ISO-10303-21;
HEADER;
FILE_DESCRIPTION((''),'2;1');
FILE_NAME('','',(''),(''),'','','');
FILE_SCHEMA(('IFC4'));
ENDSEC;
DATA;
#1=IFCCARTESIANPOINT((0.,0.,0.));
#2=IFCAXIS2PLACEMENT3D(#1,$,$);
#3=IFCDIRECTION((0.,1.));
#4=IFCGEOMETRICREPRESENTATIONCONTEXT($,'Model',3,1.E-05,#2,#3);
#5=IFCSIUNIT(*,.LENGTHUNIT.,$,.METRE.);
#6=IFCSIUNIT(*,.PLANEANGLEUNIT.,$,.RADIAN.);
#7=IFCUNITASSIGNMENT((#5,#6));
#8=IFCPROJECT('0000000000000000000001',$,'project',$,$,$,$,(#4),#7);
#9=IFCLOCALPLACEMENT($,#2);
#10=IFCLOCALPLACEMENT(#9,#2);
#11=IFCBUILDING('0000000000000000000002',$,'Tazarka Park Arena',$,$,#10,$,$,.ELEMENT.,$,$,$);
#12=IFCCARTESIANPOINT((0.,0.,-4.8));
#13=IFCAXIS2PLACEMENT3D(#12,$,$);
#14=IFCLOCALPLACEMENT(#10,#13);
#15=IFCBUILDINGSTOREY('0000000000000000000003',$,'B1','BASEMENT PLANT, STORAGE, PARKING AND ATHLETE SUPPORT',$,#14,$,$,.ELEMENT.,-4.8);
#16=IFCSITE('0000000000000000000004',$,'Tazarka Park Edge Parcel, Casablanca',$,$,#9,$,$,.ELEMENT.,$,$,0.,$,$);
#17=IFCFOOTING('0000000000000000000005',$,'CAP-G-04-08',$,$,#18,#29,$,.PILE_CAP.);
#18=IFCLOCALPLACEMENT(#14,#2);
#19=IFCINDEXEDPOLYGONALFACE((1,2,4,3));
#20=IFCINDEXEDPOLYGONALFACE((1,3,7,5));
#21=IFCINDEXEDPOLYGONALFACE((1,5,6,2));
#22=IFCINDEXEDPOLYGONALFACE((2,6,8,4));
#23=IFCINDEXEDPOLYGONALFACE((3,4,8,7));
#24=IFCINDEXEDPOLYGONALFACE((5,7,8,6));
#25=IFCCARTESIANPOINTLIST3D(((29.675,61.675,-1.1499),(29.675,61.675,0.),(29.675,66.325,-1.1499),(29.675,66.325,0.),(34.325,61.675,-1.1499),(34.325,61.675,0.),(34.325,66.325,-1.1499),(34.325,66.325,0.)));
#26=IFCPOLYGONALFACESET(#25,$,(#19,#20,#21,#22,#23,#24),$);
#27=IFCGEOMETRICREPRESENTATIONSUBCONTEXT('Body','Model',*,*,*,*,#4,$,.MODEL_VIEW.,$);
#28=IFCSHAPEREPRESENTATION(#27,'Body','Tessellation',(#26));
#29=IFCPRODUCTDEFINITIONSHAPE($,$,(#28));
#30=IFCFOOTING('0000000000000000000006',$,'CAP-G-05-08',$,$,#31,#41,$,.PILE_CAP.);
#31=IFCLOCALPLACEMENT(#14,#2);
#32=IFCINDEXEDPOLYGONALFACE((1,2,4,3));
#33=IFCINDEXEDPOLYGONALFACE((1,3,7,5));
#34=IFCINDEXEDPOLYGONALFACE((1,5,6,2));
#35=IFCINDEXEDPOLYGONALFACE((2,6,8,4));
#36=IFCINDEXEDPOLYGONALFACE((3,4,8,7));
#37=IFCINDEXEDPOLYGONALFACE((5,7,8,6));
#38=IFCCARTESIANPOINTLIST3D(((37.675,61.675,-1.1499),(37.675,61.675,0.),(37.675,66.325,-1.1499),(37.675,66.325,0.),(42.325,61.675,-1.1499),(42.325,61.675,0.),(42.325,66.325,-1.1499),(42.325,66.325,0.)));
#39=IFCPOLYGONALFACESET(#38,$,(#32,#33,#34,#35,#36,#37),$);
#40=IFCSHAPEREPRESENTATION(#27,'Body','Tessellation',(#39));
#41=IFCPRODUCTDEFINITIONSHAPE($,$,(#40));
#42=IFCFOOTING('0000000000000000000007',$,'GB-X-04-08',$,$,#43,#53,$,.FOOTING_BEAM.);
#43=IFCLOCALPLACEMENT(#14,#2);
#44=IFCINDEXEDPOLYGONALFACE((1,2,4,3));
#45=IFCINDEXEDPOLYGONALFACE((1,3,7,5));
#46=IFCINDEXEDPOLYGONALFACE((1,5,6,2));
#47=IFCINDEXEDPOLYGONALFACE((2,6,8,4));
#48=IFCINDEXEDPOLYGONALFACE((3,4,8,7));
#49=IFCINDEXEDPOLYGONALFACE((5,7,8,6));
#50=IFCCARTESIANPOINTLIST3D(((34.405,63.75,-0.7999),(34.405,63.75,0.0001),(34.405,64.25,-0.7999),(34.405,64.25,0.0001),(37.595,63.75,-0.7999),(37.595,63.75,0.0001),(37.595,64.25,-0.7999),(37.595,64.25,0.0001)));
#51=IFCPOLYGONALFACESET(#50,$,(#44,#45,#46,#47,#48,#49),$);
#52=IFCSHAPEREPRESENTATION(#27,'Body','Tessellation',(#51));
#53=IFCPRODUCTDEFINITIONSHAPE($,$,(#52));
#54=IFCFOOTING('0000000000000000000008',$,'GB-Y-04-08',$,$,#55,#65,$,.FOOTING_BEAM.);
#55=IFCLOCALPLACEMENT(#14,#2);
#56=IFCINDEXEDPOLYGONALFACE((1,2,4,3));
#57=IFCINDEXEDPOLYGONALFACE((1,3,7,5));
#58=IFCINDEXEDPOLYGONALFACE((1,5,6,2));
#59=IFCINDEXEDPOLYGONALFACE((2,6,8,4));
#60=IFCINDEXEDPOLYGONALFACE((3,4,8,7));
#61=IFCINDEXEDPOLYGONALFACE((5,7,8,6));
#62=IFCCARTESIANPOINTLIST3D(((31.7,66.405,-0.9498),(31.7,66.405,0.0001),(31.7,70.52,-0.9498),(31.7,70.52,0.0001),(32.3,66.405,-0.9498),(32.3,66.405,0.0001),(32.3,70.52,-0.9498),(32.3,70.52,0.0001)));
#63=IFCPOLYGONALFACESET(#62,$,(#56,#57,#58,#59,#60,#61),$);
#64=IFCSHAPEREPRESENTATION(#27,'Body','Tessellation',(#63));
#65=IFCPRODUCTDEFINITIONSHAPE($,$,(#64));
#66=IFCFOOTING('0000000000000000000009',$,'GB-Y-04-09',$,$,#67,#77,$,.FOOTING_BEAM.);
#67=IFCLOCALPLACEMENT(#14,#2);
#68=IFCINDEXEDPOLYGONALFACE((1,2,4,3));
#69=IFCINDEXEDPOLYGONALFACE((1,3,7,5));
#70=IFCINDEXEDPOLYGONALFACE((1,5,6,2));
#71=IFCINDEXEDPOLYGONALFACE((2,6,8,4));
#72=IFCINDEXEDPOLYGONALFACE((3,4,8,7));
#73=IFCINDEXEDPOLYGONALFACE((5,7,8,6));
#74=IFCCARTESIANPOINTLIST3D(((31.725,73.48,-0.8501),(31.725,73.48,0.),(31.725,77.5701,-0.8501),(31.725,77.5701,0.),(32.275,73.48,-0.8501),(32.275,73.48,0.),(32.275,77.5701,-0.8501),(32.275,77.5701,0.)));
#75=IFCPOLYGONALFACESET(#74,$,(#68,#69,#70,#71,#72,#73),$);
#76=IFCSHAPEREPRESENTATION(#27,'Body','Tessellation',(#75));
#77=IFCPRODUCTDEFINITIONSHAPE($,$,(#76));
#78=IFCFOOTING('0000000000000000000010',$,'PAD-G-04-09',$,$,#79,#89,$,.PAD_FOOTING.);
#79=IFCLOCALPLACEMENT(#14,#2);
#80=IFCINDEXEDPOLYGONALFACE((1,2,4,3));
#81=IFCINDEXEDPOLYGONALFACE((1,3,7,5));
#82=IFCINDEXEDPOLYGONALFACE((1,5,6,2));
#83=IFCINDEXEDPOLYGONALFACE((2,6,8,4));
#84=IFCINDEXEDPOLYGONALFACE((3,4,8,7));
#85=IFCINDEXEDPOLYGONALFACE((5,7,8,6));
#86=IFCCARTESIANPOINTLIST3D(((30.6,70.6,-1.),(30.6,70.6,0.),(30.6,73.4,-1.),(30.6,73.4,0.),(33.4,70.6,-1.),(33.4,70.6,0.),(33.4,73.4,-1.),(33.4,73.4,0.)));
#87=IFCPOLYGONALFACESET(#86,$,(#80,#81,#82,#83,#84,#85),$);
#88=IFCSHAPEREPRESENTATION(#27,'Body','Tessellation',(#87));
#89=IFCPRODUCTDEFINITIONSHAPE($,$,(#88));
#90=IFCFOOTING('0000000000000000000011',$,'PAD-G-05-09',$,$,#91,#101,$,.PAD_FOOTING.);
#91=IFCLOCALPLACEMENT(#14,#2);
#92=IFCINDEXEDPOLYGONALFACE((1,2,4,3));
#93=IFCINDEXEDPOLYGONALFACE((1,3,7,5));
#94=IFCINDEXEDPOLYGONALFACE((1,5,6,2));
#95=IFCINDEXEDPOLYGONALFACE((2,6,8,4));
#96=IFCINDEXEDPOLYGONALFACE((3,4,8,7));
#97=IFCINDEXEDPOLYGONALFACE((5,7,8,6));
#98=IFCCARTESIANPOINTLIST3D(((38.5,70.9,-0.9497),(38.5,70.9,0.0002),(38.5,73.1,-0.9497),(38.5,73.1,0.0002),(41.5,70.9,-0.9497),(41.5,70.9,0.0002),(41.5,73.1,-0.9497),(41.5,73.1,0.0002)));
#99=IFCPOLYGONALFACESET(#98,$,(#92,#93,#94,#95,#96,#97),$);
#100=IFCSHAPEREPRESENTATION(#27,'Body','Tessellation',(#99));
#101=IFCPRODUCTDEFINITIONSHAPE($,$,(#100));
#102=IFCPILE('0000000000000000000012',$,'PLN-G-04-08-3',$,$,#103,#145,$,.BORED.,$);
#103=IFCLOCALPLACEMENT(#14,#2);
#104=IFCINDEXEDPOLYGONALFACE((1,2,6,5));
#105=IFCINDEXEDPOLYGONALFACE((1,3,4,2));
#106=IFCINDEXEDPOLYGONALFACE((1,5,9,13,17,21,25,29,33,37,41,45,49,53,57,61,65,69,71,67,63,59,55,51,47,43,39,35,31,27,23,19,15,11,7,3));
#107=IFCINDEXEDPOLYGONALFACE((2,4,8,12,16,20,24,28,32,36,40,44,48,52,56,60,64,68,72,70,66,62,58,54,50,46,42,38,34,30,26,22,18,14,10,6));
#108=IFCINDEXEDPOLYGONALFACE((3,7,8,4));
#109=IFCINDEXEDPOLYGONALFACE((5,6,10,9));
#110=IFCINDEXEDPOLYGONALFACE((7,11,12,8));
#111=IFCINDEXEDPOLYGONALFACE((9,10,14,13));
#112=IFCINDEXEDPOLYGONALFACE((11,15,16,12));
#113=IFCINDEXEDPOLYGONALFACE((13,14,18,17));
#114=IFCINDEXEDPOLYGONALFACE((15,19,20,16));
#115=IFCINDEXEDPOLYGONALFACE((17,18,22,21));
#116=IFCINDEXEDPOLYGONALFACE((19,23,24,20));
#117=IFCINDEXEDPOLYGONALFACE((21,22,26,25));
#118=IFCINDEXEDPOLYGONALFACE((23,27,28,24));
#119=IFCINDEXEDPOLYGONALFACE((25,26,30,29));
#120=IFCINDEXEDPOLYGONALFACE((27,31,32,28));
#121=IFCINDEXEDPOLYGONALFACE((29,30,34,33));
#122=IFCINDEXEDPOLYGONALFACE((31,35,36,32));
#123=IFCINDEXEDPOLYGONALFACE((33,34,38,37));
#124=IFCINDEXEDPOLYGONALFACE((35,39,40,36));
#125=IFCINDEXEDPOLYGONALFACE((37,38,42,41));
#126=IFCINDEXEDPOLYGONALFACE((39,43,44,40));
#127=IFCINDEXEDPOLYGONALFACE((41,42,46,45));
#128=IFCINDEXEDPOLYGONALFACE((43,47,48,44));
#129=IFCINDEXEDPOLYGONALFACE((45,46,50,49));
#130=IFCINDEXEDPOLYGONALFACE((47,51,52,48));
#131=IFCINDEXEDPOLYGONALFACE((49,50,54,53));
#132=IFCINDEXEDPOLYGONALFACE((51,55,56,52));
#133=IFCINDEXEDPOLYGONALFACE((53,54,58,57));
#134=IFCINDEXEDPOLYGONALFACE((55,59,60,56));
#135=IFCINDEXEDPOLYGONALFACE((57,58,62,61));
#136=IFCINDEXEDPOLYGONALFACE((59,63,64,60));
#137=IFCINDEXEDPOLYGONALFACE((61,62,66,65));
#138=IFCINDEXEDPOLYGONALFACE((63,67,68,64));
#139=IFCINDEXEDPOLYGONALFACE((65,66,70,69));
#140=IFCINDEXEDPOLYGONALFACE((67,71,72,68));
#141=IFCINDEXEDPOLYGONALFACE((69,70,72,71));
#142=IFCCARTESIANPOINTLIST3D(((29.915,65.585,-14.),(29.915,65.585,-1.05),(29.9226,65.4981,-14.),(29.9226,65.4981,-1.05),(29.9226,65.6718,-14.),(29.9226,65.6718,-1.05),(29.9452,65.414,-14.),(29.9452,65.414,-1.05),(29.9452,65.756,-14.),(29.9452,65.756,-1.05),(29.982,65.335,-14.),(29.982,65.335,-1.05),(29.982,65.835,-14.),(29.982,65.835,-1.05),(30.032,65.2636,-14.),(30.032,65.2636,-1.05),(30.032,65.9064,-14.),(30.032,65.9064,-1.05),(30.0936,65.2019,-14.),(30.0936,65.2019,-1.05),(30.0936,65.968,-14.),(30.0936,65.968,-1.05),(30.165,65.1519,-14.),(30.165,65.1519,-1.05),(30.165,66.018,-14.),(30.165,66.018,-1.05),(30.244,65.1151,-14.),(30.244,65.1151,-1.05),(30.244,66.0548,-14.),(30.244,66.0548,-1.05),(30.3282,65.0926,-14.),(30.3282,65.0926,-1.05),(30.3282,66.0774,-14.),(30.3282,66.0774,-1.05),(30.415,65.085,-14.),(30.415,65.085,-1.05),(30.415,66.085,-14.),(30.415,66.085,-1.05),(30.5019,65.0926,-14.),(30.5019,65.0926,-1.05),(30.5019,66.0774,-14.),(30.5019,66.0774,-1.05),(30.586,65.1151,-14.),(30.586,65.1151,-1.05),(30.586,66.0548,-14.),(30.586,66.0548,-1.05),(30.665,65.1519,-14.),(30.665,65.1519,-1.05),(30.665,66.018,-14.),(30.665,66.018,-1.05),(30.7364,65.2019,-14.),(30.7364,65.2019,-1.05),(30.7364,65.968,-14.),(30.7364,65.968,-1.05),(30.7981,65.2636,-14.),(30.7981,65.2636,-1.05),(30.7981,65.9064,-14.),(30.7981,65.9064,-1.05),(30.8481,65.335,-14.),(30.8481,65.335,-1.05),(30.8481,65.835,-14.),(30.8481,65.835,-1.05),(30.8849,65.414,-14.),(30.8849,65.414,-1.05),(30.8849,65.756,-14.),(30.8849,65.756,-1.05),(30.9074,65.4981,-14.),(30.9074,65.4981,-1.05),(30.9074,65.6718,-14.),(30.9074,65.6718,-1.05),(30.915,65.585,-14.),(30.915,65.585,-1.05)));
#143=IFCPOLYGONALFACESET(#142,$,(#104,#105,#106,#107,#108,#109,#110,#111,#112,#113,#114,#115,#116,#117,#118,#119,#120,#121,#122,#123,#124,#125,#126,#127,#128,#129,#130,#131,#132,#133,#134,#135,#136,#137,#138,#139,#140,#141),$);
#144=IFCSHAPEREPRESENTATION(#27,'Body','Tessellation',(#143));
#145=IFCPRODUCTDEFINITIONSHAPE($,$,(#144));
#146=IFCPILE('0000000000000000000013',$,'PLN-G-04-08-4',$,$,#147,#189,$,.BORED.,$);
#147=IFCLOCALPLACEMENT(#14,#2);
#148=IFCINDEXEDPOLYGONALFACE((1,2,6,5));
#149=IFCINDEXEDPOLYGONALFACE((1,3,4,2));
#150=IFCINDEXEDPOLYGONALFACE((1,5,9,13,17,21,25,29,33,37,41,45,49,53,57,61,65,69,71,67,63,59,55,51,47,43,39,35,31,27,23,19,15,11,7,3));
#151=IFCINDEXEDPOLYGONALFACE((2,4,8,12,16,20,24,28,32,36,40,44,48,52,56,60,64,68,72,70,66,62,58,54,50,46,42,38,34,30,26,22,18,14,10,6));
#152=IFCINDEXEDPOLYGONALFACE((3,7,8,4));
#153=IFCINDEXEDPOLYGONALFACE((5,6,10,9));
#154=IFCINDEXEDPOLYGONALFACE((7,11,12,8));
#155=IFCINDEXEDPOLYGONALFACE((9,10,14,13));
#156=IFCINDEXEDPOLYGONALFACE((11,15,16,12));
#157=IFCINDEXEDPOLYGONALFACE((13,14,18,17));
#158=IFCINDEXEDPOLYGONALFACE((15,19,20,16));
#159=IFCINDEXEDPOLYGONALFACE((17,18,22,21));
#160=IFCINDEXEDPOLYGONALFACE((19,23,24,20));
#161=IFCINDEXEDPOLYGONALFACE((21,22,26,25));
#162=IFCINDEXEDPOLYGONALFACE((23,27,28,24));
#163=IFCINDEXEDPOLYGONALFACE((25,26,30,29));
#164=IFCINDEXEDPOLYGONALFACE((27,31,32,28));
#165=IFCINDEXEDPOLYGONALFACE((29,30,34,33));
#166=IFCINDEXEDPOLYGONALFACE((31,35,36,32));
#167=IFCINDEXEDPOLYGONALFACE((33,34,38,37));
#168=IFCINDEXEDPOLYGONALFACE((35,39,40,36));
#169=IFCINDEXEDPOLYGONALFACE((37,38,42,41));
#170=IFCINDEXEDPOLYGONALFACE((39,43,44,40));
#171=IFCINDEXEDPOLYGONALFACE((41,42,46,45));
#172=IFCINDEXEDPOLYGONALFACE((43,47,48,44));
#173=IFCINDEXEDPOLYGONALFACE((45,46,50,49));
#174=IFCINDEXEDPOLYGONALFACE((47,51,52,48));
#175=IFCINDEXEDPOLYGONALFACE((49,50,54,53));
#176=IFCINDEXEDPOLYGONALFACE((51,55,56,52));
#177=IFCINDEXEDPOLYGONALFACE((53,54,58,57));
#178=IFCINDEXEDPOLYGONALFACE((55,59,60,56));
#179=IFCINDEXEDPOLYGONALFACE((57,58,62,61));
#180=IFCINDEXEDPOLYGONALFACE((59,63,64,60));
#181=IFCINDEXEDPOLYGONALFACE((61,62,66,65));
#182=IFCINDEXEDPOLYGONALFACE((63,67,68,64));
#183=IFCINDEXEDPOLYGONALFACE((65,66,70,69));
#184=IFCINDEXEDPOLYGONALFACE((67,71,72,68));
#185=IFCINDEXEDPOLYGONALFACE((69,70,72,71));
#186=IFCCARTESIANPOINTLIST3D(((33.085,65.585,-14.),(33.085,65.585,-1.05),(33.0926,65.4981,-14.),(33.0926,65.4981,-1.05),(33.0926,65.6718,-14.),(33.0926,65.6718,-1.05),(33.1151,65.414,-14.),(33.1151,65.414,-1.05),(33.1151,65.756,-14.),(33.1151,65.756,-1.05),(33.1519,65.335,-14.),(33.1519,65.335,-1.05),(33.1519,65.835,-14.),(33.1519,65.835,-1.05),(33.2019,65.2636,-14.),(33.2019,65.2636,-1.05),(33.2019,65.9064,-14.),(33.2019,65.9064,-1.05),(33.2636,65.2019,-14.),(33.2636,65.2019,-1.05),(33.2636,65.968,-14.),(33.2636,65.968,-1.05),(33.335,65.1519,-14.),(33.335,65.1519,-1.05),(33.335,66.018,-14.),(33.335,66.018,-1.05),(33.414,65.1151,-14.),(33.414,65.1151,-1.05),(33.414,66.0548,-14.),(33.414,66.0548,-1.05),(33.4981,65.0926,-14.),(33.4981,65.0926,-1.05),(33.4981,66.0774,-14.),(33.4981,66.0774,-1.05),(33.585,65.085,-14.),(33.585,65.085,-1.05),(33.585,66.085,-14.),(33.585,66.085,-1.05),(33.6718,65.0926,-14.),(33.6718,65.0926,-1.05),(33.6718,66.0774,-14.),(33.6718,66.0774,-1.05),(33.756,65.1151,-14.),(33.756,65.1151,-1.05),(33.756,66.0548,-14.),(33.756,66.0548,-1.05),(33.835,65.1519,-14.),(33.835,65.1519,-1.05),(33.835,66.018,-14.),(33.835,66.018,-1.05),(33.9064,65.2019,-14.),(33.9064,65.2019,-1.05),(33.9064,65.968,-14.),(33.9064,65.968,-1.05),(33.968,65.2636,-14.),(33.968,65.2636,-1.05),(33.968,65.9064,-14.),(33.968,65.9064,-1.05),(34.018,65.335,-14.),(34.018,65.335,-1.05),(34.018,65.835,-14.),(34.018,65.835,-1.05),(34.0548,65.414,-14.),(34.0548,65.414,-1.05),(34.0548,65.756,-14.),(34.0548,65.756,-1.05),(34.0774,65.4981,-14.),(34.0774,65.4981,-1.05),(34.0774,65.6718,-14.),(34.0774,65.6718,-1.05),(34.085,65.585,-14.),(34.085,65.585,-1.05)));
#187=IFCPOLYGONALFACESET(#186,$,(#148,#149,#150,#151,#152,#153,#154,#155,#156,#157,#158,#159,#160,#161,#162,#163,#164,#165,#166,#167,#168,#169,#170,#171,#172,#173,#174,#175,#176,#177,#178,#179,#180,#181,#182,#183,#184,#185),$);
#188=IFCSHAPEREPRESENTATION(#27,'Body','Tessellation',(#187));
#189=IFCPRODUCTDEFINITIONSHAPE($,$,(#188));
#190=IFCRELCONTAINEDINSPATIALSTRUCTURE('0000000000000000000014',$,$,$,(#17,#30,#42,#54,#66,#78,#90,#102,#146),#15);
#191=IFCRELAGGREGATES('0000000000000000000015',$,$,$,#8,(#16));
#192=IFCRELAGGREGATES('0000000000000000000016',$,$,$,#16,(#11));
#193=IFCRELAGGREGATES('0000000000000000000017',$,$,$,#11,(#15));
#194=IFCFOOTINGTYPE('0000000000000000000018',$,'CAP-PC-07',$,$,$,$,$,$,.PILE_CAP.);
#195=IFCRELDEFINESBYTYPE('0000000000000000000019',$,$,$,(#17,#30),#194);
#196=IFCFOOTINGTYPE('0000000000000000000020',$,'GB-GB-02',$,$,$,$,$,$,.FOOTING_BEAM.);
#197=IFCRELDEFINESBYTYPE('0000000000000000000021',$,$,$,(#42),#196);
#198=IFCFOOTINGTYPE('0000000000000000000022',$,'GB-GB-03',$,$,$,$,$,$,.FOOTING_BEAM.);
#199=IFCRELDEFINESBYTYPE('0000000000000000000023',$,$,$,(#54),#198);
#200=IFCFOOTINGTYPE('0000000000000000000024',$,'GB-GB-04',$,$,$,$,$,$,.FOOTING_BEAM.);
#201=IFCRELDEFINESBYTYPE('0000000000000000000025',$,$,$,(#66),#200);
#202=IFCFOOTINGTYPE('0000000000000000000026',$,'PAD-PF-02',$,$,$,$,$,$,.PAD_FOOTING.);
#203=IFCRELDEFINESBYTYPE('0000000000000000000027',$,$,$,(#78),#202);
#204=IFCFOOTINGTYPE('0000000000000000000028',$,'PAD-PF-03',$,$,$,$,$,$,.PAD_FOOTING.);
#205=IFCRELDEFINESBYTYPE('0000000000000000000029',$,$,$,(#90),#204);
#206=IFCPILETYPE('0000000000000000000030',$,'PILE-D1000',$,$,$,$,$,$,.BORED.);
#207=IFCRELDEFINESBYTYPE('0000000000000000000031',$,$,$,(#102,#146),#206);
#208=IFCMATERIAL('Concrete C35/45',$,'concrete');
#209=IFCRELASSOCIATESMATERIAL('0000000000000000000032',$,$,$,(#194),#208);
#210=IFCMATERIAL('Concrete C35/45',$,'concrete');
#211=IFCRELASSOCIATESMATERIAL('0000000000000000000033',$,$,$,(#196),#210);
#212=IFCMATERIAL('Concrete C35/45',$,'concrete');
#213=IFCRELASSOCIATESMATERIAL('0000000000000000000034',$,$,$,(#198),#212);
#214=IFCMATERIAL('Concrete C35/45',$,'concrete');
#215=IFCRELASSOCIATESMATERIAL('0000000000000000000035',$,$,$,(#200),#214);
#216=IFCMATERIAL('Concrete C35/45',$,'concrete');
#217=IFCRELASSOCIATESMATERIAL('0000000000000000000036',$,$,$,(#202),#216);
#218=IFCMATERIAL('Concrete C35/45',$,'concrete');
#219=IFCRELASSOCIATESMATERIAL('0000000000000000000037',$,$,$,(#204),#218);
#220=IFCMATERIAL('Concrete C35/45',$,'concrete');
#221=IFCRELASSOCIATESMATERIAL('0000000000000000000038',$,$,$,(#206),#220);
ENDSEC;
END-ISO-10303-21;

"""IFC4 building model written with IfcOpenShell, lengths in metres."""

from ifc_helpers import new_model, si_unit, direction, frame, origin, origin_2d, place, context, subcontext, project, spatial, rectangle, circle, extrude, material, material_profile, profile_set, type_object, element, save


model = new_model("IFC4")

# Units and contexts
model_context = context("Model", 3, precision=1e-05, world=origin(), true_north=direction((0.0, 1.0)))
body_context = subcontext(model_context, "Body", "Model", "MODEL_VIEW")
ifc_project = project(units=[si_unit("LENGTHUNIT", "METRE"), si_unit("PLANEANGLEUNIT", "RADIAN")], contexts=[model_context])

# Site, building, storey
site_placement = place(None, origin())
site = spatial("IfcSite", under=ifc_project, at=site_placement, Name="Tazarka Park Edge Parcel, Casablanca", CompositionType="ELEMENT", RefElevation=0.0)
building_placement = place(site_placement, origin())
building = spatial("IfcBuilding", under=site, at=building_placement, Name="Tazarka Park Arena", CompositionType="ELEMENT")
storey_placement = place(building_placement, frame((0.0, 0.0, -4.8)))
storey = spatial("IfcBuildingStorey", under=building, at=storey_placement, Name="B1", Description="BASEMENT PLANT, STORAGE, PARKING AND ATHLETE SUPPORT", CompositionType="ELEMENT", Elevation=-4.8)

# Footings
ifc_material_1 = material(Name="Concrete C35/45", Category="concrete")
footing_type_1 = type_object("IfcFootingType", Name="CAP-PC-07", PredefinedType="PILE_CAP", material=ifc_material_1)
for number, where, z_axis, x_axis, name in (
    (1, (32.0, 64.0, -1.1499), (0.0, 0.0, 1.0), (1.0, 0.0, 0.0), "CAP-G-04-08"),
    (2, (40.0, 64.0, -1.1499), (0.0, 0.0, 1.0), (1.0, 0.0, 0.0), "CAP-G-05-08"),
):
    element("IfcFooting", number, at=place(storey_placement, frame(where, z_axis=z_axis, x_axis=x_axis)), inside=storey, type_object=footing_type_1, Name=name, PredefinedType="PILE_CAP", context=body_context, shape_type="SweptSolid", body=[
        extrude(rectangle(XDim=4.6499, YDim=4.6499, at=origin_2d()), origin(), (0.0, 0.0, 1.0), 1.1499),
    ])
ifc_material_2 = material(Name="Concrete C35/45", Category="concrete")
ifc_material_profile_1 = material_profile(ifc_material_2, rectangle(XDim=0.5, YDim=0.8, at=origin_2d()), Name="Concrete C35/45")
ifc_profile_set_1 = profile_set([ifc_material_profile_1], Name="Concrete C35/45")
footing_type_2 = type_object("IfcFootingType", Name="GB-GB-02", PredefinedType="FOOTING_BEAM", material=ifc_profile_set_1)
footing_1_placement = place(storey_placement, frame((34.405, 64.0, -0.3999), z_axis=(1.0, 0.0, 0.0), x_axis=(0.0, 1.0, 0.0)))
element("IfcFooting", 3, at=footing_1_placement, inside=storey, type_object=footing_type_2, Name="GB-X-04-08", PredefinedType="FOOTING_BEAM", context=body_context, shape_type="SweptSolid", body=[
    extrude(rectangle(XDim=0.5, YDim=0.8, at=origin_2d()), origin(), (0.0, 0.0, 1.0), 3.1899),
])
ifc_material_3 = material(Name="Concrete C35/45", Category="concrete")
ifc_material_profile_2 = material_profile(ifc_material_3, rectangle(XDim=0.6001, YDim=0.95, at=origin_2d()), Name="Concrete C35/45")
ifc_profile_set_2 = profile_set([ifc_material_profile_2], Name="Concrete C35/45")
footing_type_3 = type_object("IfcFootingType", Name="GB-GB-03", PredefinedType="FOOTING_BEAM", material=ifc_profile_set_2)
footing_2_placement = place(storey_placement, frame((32.0, 66.405, -0.4749), z_axis=(0.0, 1.0, 0.0), x_axis=(-1.0, 0.0, 0.0)))
element("IfcFooting", 4, at=footing_2_placement, inside=storey, type_object=footing_type_3, Name="GB-Y-04-08", PredefinedType="FOOTING_BEAM", context=body_context, shape_type="SweptSolid", body=[
    extrude(rectangle(XDim=0.6001, YDim=0.95, at=origin_2d()), origin(), (0.0, 0.0, 1.0), 4.115),
])
ifc_material_4 = material(Name="Concrete C35/45", Category="concrete")
ifc_material_profile_3 = material_profile(ifc_material_4, rectangle(XDim=0.55, YDim=0.8501, at=origin_2d()), Name="Concrete C35/45")
ifc_profile_set_3 = profile_set([ifc_material_profile_3], Name="Concrete C35/45")
footing_type_4 = type_object("IfcFootingType", Name="GB-GB-04", PredefinedType="FOOTING_BEAM", material=ifc_profile_set_3)
footing_3_placement = place(storey_placement, frame((32.0, 73.48, -0.425), z_axis=(0.0, 1.0, 0.0), x_axis=(-1.0, 0.0, 0.0)))
element("IfcFooting", 5, at=footing_3_placement, inside=storey, type_object=footing_type_4, Name="GB-Y-04-09", PredefinedType="FOOTING_BEAM", context=body_context, shape_type="SweptSolid", body=[
    extrude(rectangle(XDim=0.55, YDim=0.8501, at=origin_2d()), origin(), (0.0, 0.0, 1.0), 4.0901),
])
ifc_material_5 = material(Name="Concrete C35/45", Category="concrete")
footing_type_5 = type_object("IfcFootingType", Name="PAD-PF-02", PredefinedType="PAD_FOOTING", material=ifc_material_5)
footing_4_placement = place(storey_placement, frame((32.0, 72.0, -1.0), z_axis=(0.0, 0.0, 1.0), x_axis=(1.0, 0.0, 0.0)))
element("IfcFooting", 6, at=footing_4_placement, inside=storey, type_object=footing_type_5, Name="PAD-G-04-09", PredefinedType="PAD_FOOTING", context=body_context, shape_type="SweptSolid", body=[
    extrude(rectangle(XDim=2.8, YDim=2.8, at=origin_2d()), origin(), (0.0, 0.0, 1.0), 1.0),
])
ifc_material_6 = material(Name="Concrete C35/45", Category="concrete")
footing_type_6 = type_object("IfcFootingType", Name="PAD-PF-03", PredefinedType="PAD_FOOTING", material=ifc_material_6)
footing_5_placement = place(storey_placement, frame((40.0, 72.0, -0.9497), z_axis=(0.0, 0.0, 1.0), x_axis=(1.0, 0.0, 0.0)))
element("IfcFooting", 7, at=footing_5_placement, inside=storey, type_object=footing_type_6, Name="PAD-G-05-09", PredefinedType="PAD_FOOTING", context=body_context, shape_type="SweptSolid", body=[
    extrude(rectangle(XDim=3.0, YDim=2.2, at=origin_2d()), origin(), (0.0, 0.0, 1.0), 0.95),
])

# Piles
ifc_material_7 = material(Name="Concrete C35/45", Category="concrete")
ifc_material_profile_4 = material_profile(ifc_material_7, circle(Radius=0.5, at=origin_2d()), Name="Concrete C35/45")
ifc_profile_set_4 = profile_set([ifc_material_profile_4], Name="Concrete C35/45")
pile_type_1 = type_object("IfcPileType", Name="PILE-D1000", PredefinedType="BORED", material=ifc_profile_set_4)
for number, where, z_axis, x_axis, name in (
    (8, (30.415, 65.585, -1.05), (0.0, 0.0, -1.0), (1.0, 0.0, 0.0), "PLN-G-04-08-3"),
    (9, (33.585, 65.585, -1.05), (0.0, 0.0, -1.0), (1.0, 0.0, 0.0), "PLN-G-04-08-4"),
):
    element("IfcPile", number, at=place(storey_placement, frame(where, z_axis=z_axis, x_axis=x_axis)), inside=storey, type_object=pile_type_1, Name=name, PredefinedType="BORED", context=body_context, shape_type="SweptSolid", body=[
        extrude(circle(Radius=0.5, at=origin_2d()), origin(), (0.0, 0.0, 1.0), 12.95),
    ])

save(model, "model.ifc")
